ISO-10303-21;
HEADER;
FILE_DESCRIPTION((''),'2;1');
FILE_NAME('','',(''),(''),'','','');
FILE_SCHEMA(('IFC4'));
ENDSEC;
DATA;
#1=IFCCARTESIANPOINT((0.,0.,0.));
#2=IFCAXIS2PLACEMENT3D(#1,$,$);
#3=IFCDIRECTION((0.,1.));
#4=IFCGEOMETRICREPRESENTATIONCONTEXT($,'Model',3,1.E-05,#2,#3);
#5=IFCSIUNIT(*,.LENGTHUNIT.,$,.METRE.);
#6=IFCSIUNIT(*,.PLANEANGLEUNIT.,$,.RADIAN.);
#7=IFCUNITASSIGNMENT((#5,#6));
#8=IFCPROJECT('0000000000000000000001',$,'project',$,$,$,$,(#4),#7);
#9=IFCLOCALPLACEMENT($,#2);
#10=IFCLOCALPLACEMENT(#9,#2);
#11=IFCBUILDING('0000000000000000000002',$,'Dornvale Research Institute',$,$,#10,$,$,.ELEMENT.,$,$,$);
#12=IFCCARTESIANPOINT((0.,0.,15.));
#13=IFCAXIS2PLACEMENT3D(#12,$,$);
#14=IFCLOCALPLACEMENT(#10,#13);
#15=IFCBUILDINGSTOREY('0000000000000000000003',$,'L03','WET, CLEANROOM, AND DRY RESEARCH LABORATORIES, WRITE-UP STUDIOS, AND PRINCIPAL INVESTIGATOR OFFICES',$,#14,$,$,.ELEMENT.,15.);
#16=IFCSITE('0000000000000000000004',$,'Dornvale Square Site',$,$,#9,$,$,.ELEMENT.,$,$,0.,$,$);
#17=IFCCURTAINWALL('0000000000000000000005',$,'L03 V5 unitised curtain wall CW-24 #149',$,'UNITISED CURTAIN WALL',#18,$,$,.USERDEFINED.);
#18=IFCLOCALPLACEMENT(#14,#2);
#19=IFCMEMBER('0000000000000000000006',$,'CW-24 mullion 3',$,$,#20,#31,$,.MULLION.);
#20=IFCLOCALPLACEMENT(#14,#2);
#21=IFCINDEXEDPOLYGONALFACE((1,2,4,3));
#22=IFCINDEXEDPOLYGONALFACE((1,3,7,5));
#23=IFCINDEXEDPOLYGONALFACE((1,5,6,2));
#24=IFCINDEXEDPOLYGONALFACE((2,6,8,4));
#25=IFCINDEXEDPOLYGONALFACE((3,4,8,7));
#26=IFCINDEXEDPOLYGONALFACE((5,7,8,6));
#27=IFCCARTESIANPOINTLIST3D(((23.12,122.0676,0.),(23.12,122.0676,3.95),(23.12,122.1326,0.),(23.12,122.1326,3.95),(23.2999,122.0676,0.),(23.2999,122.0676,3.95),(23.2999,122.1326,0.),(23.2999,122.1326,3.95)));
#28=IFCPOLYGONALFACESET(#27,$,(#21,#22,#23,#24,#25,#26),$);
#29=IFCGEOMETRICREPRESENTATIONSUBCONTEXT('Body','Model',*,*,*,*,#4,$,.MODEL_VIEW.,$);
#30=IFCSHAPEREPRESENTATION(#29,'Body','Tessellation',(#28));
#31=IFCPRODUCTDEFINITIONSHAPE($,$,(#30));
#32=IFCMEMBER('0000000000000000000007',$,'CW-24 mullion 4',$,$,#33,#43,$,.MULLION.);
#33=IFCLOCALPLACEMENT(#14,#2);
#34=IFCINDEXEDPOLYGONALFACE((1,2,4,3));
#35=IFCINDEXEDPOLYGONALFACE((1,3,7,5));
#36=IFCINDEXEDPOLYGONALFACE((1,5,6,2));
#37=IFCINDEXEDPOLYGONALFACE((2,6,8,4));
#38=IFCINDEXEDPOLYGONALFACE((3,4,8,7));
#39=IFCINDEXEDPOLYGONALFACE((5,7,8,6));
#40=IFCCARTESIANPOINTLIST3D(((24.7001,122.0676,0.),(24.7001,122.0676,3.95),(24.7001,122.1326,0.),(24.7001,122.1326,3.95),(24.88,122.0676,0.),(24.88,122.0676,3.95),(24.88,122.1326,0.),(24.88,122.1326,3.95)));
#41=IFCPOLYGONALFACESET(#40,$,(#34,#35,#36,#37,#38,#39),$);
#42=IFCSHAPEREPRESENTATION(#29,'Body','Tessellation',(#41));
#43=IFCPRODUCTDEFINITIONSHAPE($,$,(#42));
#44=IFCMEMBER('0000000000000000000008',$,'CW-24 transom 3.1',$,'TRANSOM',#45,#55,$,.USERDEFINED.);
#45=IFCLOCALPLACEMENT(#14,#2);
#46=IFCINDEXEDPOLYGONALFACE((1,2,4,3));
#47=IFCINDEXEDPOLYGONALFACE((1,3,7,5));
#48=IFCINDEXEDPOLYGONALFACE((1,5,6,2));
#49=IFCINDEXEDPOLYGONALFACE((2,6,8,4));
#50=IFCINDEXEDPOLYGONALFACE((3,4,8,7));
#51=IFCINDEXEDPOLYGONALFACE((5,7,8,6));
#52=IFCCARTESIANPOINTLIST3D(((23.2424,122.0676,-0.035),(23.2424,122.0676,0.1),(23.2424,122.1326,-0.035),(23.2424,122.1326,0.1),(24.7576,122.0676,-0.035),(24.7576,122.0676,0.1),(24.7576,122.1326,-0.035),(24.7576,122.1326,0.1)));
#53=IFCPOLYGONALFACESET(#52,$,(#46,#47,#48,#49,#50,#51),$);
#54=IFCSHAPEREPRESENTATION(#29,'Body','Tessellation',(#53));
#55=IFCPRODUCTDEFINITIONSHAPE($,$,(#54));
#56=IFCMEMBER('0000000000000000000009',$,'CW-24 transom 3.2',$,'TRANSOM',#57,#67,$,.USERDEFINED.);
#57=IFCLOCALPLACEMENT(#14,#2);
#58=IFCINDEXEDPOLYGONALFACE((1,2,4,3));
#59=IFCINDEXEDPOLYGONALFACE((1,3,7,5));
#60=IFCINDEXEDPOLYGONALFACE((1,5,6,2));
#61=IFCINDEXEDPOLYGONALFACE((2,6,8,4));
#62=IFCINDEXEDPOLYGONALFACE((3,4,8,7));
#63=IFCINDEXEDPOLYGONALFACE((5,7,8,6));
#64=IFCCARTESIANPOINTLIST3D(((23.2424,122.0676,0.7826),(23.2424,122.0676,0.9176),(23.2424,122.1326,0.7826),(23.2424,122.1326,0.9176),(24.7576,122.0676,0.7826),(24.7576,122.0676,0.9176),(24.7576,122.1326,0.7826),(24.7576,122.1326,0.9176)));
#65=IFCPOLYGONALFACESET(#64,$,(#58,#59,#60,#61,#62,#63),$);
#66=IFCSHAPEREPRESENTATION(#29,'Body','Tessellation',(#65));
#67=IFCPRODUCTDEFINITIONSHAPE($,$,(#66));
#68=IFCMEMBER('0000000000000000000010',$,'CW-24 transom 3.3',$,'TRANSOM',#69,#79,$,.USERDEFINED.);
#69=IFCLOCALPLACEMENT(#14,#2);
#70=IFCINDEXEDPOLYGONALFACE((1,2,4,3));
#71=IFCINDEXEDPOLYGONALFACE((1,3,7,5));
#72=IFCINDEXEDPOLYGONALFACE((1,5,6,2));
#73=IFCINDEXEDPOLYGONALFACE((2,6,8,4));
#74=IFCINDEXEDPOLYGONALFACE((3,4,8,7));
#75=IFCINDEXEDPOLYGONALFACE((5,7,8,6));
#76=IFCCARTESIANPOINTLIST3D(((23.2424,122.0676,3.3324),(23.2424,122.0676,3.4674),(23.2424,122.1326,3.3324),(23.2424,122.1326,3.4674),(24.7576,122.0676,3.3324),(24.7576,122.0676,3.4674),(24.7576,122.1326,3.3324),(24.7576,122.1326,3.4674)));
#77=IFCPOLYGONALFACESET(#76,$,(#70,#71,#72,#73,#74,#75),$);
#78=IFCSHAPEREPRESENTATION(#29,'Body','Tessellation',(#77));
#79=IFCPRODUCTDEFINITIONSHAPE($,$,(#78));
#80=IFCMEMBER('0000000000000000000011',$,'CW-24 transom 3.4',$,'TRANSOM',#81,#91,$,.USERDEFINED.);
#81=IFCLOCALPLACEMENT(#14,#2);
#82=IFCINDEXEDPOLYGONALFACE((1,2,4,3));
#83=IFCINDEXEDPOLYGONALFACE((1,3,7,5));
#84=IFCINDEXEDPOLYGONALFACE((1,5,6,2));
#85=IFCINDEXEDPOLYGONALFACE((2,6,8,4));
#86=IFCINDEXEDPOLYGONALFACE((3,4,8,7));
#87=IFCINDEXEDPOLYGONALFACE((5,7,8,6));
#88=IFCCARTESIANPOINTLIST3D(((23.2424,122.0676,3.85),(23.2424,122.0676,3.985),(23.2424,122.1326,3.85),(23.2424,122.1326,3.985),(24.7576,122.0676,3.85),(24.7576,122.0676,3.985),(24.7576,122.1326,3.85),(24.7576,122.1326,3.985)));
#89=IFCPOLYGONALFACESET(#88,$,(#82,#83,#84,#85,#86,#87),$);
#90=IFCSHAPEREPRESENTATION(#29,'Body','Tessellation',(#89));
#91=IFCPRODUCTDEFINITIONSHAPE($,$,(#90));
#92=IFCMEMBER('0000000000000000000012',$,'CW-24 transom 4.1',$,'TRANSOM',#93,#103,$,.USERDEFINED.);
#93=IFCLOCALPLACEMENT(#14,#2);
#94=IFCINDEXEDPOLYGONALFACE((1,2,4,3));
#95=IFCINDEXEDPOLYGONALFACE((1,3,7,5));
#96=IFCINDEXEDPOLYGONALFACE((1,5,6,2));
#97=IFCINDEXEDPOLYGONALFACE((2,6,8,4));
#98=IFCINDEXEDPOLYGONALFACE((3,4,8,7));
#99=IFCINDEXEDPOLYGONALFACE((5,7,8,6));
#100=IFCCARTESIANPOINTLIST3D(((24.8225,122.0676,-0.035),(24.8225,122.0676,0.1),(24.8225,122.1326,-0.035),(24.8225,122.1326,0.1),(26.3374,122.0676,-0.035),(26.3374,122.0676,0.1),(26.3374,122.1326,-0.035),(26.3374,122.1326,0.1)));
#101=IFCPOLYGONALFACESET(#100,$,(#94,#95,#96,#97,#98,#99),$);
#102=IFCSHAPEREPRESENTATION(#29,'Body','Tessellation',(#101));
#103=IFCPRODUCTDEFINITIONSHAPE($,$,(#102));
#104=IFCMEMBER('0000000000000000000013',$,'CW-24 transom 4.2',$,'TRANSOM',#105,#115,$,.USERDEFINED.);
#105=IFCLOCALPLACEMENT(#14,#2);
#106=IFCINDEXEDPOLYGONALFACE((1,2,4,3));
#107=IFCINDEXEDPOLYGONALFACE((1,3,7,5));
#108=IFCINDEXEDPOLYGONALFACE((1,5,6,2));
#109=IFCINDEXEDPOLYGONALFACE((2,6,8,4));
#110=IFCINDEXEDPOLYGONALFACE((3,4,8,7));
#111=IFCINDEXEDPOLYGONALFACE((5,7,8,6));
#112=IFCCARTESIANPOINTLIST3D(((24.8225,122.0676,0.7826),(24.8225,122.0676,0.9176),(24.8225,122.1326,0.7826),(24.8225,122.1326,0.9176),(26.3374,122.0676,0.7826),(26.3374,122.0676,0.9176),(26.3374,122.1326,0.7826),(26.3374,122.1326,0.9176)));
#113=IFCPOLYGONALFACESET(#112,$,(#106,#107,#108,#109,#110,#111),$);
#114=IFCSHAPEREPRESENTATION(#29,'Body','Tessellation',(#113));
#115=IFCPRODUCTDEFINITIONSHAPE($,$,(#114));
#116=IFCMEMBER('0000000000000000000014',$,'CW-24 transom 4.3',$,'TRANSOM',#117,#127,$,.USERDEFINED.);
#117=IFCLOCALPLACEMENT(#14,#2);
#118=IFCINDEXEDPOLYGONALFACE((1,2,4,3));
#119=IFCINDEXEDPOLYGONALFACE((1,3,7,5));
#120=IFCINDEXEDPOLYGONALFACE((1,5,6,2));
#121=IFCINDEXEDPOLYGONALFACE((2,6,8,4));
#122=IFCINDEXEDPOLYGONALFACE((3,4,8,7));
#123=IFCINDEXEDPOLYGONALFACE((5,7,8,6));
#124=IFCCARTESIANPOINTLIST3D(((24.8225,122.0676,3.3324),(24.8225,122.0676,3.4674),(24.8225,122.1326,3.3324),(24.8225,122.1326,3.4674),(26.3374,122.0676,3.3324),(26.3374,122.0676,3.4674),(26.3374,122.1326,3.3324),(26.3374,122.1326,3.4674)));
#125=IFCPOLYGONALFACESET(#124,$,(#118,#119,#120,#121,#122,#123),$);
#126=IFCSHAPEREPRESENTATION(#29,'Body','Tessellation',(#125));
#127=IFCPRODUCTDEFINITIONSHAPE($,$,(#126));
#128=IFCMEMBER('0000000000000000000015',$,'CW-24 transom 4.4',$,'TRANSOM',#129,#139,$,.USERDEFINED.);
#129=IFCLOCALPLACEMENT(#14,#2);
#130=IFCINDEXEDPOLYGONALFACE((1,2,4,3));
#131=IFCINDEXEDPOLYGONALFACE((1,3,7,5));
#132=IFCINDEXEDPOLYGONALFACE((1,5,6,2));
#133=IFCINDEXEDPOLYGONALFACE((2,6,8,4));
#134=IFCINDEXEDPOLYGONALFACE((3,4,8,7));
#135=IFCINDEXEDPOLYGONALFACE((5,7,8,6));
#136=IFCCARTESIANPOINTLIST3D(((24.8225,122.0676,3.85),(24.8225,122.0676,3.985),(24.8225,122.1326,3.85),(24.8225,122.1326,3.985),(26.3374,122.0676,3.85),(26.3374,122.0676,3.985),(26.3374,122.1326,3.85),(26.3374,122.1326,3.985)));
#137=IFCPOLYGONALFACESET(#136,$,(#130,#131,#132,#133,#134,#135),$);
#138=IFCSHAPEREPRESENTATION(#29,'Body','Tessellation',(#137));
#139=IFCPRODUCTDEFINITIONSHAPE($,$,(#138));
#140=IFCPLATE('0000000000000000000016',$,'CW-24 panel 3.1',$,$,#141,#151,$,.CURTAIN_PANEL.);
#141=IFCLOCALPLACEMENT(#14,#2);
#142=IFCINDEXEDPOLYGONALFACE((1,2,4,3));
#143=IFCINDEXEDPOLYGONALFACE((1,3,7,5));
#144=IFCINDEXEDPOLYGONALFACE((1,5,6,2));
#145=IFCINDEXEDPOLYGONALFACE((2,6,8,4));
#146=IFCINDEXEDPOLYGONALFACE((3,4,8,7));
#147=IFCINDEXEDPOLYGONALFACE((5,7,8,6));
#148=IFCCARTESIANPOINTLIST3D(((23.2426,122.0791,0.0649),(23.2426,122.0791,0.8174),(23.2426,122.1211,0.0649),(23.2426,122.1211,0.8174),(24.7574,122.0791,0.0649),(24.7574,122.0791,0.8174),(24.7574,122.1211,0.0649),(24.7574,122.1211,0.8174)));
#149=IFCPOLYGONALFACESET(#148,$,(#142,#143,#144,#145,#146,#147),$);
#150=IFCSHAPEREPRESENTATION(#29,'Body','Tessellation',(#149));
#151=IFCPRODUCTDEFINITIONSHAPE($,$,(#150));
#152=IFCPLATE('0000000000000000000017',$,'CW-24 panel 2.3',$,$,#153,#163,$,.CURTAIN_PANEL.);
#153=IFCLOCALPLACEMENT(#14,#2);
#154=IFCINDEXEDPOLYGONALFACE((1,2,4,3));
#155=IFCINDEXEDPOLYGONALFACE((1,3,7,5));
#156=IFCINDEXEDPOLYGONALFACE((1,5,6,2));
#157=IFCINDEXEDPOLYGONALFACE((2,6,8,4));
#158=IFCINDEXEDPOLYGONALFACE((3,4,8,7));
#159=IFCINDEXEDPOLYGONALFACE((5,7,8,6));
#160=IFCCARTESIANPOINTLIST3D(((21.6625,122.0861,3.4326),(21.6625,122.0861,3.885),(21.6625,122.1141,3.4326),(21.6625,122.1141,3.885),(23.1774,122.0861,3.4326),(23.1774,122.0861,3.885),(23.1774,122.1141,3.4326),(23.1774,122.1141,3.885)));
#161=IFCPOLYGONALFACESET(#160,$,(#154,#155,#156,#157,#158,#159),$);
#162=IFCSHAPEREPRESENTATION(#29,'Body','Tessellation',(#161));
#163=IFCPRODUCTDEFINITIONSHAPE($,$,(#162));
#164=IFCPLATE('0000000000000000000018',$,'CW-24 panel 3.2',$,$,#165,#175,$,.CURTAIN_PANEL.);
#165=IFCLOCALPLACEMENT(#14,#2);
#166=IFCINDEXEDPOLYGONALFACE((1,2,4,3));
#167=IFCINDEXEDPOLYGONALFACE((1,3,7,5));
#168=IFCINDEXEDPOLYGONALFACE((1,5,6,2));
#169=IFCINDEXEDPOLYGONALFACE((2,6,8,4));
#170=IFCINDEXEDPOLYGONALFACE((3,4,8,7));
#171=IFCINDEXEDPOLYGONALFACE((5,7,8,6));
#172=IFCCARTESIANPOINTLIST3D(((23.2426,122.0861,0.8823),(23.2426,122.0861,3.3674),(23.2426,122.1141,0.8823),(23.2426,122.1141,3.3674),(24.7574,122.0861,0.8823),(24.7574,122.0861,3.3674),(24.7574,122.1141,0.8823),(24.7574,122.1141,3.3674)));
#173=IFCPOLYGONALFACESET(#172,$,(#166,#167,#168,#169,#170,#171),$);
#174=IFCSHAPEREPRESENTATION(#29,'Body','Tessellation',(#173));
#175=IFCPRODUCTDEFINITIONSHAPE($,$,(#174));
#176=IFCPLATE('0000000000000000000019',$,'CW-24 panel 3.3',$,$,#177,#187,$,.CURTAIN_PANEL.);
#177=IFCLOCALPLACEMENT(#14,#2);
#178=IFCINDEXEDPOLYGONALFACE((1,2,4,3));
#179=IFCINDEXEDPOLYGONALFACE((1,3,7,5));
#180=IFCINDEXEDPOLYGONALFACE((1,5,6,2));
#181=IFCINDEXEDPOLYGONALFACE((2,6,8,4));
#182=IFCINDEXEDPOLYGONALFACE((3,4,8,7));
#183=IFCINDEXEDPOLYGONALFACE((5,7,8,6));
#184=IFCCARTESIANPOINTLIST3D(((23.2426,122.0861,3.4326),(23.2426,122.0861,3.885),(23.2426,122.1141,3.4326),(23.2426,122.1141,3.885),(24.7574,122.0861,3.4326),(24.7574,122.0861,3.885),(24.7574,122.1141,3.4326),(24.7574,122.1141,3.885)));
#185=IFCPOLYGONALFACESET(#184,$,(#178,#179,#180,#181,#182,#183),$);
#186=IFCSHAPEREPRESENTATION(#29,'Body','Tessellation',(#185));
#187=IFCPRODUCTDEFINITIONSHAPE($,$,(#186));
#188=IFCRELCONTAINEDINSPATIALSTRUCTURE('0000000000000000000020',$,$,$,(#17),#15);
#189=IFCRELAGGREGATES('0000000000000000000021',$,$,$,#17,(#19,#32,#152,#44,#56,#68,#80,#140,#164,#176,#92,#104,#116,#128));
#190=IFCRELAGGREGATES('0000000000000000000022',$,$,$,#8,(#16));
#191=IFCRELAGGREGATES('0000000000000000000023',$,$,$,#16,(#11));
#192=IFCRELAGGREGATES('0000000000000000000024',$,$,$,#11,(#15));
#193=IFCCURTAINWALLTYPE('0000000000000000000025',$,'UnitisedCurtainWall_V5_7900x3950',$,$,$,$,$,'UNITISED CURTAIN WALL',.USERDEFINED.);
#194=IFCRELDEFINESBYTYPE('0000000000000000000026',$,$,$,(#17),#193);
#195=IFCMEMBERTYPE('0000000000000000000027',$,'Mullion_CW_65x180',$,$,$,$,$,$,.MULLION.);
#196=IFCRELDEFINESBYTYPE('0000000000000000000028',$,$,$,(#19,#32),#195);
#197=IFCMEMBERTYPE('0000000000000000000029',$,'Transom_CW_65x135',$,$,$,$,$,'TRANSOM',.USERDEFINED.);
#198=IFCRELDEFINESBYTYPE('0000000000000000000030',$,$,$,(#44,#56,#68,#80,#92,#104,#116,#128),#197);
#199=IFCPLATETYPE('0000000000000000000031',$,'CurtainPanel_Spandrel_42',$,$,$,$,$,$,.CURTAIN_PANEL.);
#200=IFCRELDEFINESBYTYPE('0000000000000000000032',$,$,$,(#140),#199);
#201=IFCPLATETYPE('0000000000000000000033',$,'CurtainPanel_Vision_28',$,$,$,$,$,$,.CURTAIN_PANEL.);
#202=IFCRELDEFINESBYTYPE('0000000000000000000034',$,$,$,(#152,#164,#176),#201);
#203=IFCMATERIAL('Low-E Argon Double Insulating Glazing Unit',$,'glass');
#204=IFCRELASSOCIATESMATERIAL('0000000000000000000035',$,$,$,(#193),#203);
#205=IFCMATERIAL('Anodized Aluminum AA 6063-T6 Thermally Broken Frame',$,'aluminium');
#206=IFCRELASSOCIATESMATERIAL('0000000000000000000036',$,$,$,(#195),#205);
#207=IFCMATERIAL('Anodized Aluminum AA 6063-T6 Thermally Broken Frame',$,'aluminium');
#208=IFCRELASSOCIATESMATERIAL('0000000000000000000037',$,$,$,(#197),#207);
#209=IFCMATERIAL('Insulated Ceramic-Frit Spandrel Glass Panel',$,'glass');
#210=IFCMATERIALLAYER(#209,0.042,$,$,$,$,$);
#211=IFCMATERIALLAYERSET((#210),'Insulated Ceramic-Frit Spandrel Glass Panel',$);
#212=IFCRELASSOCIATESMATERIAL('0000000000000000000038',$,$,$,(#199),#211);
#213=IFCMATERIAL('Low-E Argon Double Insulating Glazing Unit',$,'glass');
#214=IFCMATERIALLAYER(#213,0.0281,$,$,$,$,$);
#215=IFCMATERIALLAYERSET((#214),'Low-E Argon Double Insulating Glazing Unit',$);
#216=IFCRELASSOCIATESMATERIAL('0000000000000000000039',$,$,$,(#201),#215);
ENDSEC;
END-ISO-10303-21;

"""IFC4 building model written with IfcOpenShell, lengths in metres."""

from ifc_helpers import new_model, si_unit, direction, frame, origin, origin_2d, place, context, subcontext, project, spatial, rectangle, extrude, material, layer, layer_set, material_profile, profile_set, type_object, element, aggregate, save


model = new_model("IFC4")

# Units and contexts
model_context = context("Model", 3, precision=1e-05, world=origin(), true_north=direction((0.0, 1.0)))
body_context = subcontext(model_context, "Body", "Model", "MODEL_VIEW")
ifc_project = project(units=[si_unit("LENGTHUNIT", "METRE"), si_unit("PLANEANGLEUNIT", "RADIAN")], contexts=[model_context])

# Site, building, storey
site_placement = place(None, origin())
site = spatial("IfcSite", under=ifc_project, at=site_placement, Name="Dornvale Square Site", CompositionType="ELEMENT", RefElevation=0.0)
building_placement = place(site_placement, origin())
building = spatial("IfcBuilding", under=site, at=building_placement, Name="Dornvale Research Institute", CompositionType="ELEMENT")
storey_placement = place(building_placement, frame((0.0, 0.0, 15.0)))
storey = spatial("IfcBuildingStorey", under=building, at=storey_placement, Name="L03", Description="WET, CLEANROOM, AND DRY RESEARCH LABORATORIES, WRITE-UP STUDIOS, AND PRINCIPAL INVESTIGATOR OFFICES", CompositionType="ELEMENT", Elevation=15.0)

# Curtain wall, members, plates
ifc_material_1 = material(Name="Low-E Argon Double Insulating Glazing Unit", Category="glass")
curtain_wall_type = type_object("IfcCurtainWallType", Name="UnitisedCurtainWall_V5_7900x3950", ElementType="UNITISED CURTAIN WALL", PredefinedType="USERDEFINED", material=ifc_material_1)
curtain_wall_placement = place(storey_placement, origin())
curtain_wall = element("IfcCurtainWall", 1, at=curtain_wall_placement, inside=storey, type_object=curtain_wall_type, Name="L03 V5 unitised curtain wall CW-24 #149", ObjectType="UNITISED CURTAIN WALL", PredefinedType="USERDEFINED")
ifc_material_2 = material(Name="Anodized Aluminum AA 6063-T6 Thermally Broken Frame", Category="aluminium")
ifc_material_profile_1 = material_profile(ifc_material_2, rectangle(XDim=0.0649, YDim=0.1799, at=origin_2d()), Name="ALU MULLION 65x180")
ifc_profile_set_1 = profile_set([ifc_material_profile_1], Name="Anodized Aluminum AA 6063-T6 Thermally Broken Frame")
member_type_1 = type_object("IfcMemberType", Name="Mullion_CW_65x180", PredefinedType="MULLION", material=ifc_profile_set_1)
member_1_placement = place(storey_placement, frame((23.21, 122.1001, 0.0), z_axis=(0.0, 0.0, 1.0), x_axis=(0.0, 1.0, 0.0)))
member_1 = element("IfcMember", 2, at=member_1_placement, type_object=member_type_1, Name="CW-24 mullion 3", PredefinedType="MULLION", context=body_context, shape_type="SweptSolid", body=[
    extrude(rectangle(XDim=0.0649, YDim=0.1799, at=origin_2d()), origin(), (0.0, 0.0, 1.0), 3.95),
])
member_2_placement = place(storey_placement, frame((24.79, 122.1001, 0.0), z_axis=(0.0, 0.0, 1.0), x_axis=(0.0, 1.0, 0.0)))
member_2 = element("IfcMember", 3, at=member_2_placement, type_object=member_type_1, Name="CW-24 mullion 4", PredefinedType="MULLION", context=body_context, shape_type="SweptSolid", body=[
    extrude(rectangle(XDim=0.0649, YDim=0.1799, at=origin_2d()), origin(), (0.0, 0.0, 1.0), 3.95),
])
ifc_material_3 = material(Name="Anodized Aluminum AA 6063-T6 Thermally Broken Frame", Category="aluminium")
ifc_material_profile_2 = material_profile(ifc_material_3, rectangle(XDim=0.0649, YDim=0.135, at=origin_2d()), Name="ALU TRANSOM 65x135")
ifc_profile_set_2 = profile_set([ifc_material_profile_2], Name="Anodized Aluminum AA 6063-T6 Thermally Broken Frame")
member_type_2 = type_object("IfcMemberType", Name="Transom_CW_65x135", ElementType="TRANSOM", PredefinedType="USERDEFINED", material=ifc_profile_set_2)
member_3_placement = place(storey_placement, frame((23.2424, 122.1001, 0.0325), z_axis=(1.0, 0.0, 0.0), x_axis=(0.0, 1.0, 0.0)))
member_3 = element("IfcMember", 4, at=member_3_placement, type_object=member_type_2, Name="CW-24 transom 3.1", ObjectType="TRANSOM", PredefinedType="USERDEFINED", context=body_context, shape_type="SweptSolid", body=[
    extrude(rectangle(XDim=0.0649, YDim=0.135, at=origin_2d()), origin(), (0.0, 0.0, 1.0), 1.5151),
])
member_4_placement = place(storey_placement, frame((23.2424, 122.1001, 0.8501), z_axis=(1.0, 0.0, 0.0), x_axis=(0.0, 1.0, 0.0)))
member_4 = element("IfcMember", 5, at=member_4_placement, type_object=member_type_2, Name="CW-24 transom 3.2", ObjectType="TRANSOM", PredefinedType="USERDEFINED", context=body_context, shape_type="SweptSolid", body=[
    extrude(rectangle(XDim=0.0649, YDim=0.135, at=origin_2d()), origin(), (0.0, 0.0, 1.0), 1.5151),
])
member_5_placement = place(storey_placement, frame((23.2424, 122.1001, 3.3999), z_axis=(1.0, 0.0, 0.0), x_axis=(0.0, 1.0, 0.0)))
member_5 = element("IfcMember", 6, at=member_5_placement, type_object=member_type_2, Name="CW-24 transom 3.3", ObjectType="TRANSOM", PredefinedType="USERDEFINED", context=body_context, shape_type="SweptSolid", body=[
    extrude(rectangle(XDim=0.0649, YDim=0.135, at=origin_2d()), origin(), (0.0, 0.0, 1.0), 1.5151),
])
member_6_placement = place(storey_placement, frame((23.2424, 122.1001, 3.9175), z_axis=(1.0, 0.0, 0.0), x_axis=(0.0, 1.0, 0.0)))
member_6 = element("IfcMember", 7, at=member_6_placement, type_object=member_type_2, Name="CW-24 transom 3.4", ObjectType="TRANSOM", PredefinedType="USERDEFINED", context=body_context, shape_type="SweptSolid", body=[
    extrude(rectangle(XDim=0.0649, YDim=0.135, at=origin_2d()), origin(), (0.0, 0.0, 1.0), 1.5151),
])
member_7_placement = place(storey_placement, frame((24.8225, 122.1001, 0.0325), z_axis=(1.0, 0.0, 0.0), x_axis=(0.0, 1.0, 0.0)))
member_7 = element("IfcMember", 8, at=member_7_placement, type_object=member_type_2, Name="CW-24 transom 4.1", ObjectType="TRANSOM", PredefinedType="USERDEFINED", context=body_context, shape_type="SweptSolid", body=[
    extrude(rectangle(XDim=0.0649, YDim=0.135, at=origin_2d()), origin(), (0.0, 0.0, 1.0), 1.5149),
])
member_8_placement = place(storey_placement, frame((24.8225, 122.1001, 0.8501), z_axis=(1.0, 0.0, 0.0), x_axis=(0.0, 1.0, 0.0)))
member_8 = element("IfcMember", 9, at=member_8_placement, type_object=member_type_2, Name="CW-24 transom 4.2", ObjectType="TRANSOM", PredefinedType="USERDEFINED", context=body_context, shape_type="SweptSolid", body=[
    extrude(rectangle(XDim=0.0649, YDim=0.135, at=origin_2d()), origin(), (0.0, 0.0, 1.0), 1.5149),
])
member_9_placement = place(storey_placement, frame((24.8225, 122.1001, 3.3999), z_axis=(1.0, 0.0, 0.0), x_axis=(0.0, 1.0, 0.0)))
member_9 = element("IfcMember", 10, at=member_9_placement, type_object=member_type_2, Name="CW-24 transom 4.3", ObjectType="TRANSOM", PredefinedType="USERDEFINED", context=body_context, shape_type="SweptSolid", body=[
    extrude(rectangle(XDim=0.0649, YDim=0.135, at=origin_2d()), origin(), (0.0, 0.0, 1.0), 1.5149),
])
member_10_placement = place(storey_placement, frame((24.8225, 122.1001, 3.9175), z_axis=(1.0, 0.0, 0.0), x_axis=(0.0, 1.0, 0.0)))
member_10 = element("IfcMember", 11, at=member_10_placement, type_object=member_type_2, Name="CW-24 transom 4.4", ObjectType="TRANSOM", PredefinedType="USERDEFINED", context=body_context, shape_type="SweptSolid", body=[
    extrude(rectangle(XDim=0.0649, YDim=0.135, at=origin_2d()), origin(), (0.0, 0.0, 1.0), 1.5149),
])
ifc_material_4 = material(Name="Insulated Ceramic-Frit Spandrel Glass Panel", Category="glass")
ifc_layer_1 = layer(ifc_material_4, 0.042)
ifc_layer_set_1 = layer_set([ifc_layer_1], Name="Insulated Ceramic-Frit Spandrel Glass Panel")
plate_type_1 = type_object("IfcPlateType", Name="CurtainPanel_Spandrel_42", PredefinedType="CURTAIN_PANEL", material=ifc_layer_set_1)
plate_1_placement = place(storey_placement, frame((24.0, 122.1001, 0.0649), z_axis=(0.0, 0.0, 1.0), x_axis=(1.0, 0.0, 0.0)))
plate_1 = element("IfcPlate", 12, at=plate_1_placement, type_object=plate_type_1, Name="CW-24 panel 3.1", PredefinedType="CURTAIN_PANEL", context=body_context, shape_type="SweptSolid", body=[
    extrude(rectangle(XDim=1.5149, YDim=0.042, at=origin_2d()), origin(), (0.0, 0.0, 1.0), 0.7524),
])
ifc_material_5 = material(Name="Low-E Argon Double Insulating Glazing Unit", Category="glass")
ifc_layer_2 = layer(ifc_material_5, 0.0281)
ifc_layer_set_2 = layer_set([ifc_layer_2], Name="Low-E Argon Double Insulating Glazing Unit")
plate_type_2 = type_object("IfcPlateType", Name="CurtainPanel_Vision_28", PredefinedType="CURTAIN_PANEL", material=ifc_layer_set_2)
plate_2_placement = place(storey_placement, frame((22.4199, 122.1001, 3.4326), z_axis=(0.0, 0.0, 1.0), x_axis=(1.0, 0.0, 0.0)))
plate_2 = element("IfcPlate", 13, at=plate_2_placement, type_object=plate_type_2, Name="CW-24 panel 2.3", PredefinedType="CURTAIN_PANEL", context=body_context, shape_type="SweptSolid", body=[
    extrude(rectangle(XDim=1.5149, YDim=0.0281, at=origin_2d()), origin(), (0.0, 0.0, 1.0), 0.4524),
])
plate_3_placement = place(storey_placement, frame((24.0, 122.1001, 0.8823), z_axis=(0.0, 0.0, 1.0), x_axis=(1.0, 0.0, 0.0)))
plate_3 = element("IfcPlate", 14, at=plate_3_placement, type_object=plate_type_2, Name="CW-24 panel 3.2", PredefinedType="CURTAIN_PANEL", context=body_context, shape_type="SweptSolid", body=[
    extrude(rectangle(XDim=1.5149, YDim=0.0281, at=origin_2d()), origin(), (0.0, 0.0, 1.0), 2.4851),
])
plate_4_placement = place(storey_placement, frame((24.0, 122.1001, 3.4326), z_axis=(0.0, 0.0, 1.0), x_axis=(1.0, 0.0, 0.0)))
plate_4 = element("IfcPlate", 15, at=plate_4_placement, type_object=plate_type_2, Name="CW-24 panel 3.3", PredefinedType="CURTAIN_PANEL", context=body_context, shape_type="SweptSolid", body=[
    extrude(rectangle(XDim=1.5149, YDim=0.0281, at=origin_2d()), origin(), (0.0, 0.0, 1.0), 0.4524),
])
aggregate(curtain_wall, [member_1, member_2, plate_2, member_3, member_4, member_5, member_6, plate_1, plate_3, plate_4, member_7, member_8, member_9, member_10])

save(model, "model.ifc")
